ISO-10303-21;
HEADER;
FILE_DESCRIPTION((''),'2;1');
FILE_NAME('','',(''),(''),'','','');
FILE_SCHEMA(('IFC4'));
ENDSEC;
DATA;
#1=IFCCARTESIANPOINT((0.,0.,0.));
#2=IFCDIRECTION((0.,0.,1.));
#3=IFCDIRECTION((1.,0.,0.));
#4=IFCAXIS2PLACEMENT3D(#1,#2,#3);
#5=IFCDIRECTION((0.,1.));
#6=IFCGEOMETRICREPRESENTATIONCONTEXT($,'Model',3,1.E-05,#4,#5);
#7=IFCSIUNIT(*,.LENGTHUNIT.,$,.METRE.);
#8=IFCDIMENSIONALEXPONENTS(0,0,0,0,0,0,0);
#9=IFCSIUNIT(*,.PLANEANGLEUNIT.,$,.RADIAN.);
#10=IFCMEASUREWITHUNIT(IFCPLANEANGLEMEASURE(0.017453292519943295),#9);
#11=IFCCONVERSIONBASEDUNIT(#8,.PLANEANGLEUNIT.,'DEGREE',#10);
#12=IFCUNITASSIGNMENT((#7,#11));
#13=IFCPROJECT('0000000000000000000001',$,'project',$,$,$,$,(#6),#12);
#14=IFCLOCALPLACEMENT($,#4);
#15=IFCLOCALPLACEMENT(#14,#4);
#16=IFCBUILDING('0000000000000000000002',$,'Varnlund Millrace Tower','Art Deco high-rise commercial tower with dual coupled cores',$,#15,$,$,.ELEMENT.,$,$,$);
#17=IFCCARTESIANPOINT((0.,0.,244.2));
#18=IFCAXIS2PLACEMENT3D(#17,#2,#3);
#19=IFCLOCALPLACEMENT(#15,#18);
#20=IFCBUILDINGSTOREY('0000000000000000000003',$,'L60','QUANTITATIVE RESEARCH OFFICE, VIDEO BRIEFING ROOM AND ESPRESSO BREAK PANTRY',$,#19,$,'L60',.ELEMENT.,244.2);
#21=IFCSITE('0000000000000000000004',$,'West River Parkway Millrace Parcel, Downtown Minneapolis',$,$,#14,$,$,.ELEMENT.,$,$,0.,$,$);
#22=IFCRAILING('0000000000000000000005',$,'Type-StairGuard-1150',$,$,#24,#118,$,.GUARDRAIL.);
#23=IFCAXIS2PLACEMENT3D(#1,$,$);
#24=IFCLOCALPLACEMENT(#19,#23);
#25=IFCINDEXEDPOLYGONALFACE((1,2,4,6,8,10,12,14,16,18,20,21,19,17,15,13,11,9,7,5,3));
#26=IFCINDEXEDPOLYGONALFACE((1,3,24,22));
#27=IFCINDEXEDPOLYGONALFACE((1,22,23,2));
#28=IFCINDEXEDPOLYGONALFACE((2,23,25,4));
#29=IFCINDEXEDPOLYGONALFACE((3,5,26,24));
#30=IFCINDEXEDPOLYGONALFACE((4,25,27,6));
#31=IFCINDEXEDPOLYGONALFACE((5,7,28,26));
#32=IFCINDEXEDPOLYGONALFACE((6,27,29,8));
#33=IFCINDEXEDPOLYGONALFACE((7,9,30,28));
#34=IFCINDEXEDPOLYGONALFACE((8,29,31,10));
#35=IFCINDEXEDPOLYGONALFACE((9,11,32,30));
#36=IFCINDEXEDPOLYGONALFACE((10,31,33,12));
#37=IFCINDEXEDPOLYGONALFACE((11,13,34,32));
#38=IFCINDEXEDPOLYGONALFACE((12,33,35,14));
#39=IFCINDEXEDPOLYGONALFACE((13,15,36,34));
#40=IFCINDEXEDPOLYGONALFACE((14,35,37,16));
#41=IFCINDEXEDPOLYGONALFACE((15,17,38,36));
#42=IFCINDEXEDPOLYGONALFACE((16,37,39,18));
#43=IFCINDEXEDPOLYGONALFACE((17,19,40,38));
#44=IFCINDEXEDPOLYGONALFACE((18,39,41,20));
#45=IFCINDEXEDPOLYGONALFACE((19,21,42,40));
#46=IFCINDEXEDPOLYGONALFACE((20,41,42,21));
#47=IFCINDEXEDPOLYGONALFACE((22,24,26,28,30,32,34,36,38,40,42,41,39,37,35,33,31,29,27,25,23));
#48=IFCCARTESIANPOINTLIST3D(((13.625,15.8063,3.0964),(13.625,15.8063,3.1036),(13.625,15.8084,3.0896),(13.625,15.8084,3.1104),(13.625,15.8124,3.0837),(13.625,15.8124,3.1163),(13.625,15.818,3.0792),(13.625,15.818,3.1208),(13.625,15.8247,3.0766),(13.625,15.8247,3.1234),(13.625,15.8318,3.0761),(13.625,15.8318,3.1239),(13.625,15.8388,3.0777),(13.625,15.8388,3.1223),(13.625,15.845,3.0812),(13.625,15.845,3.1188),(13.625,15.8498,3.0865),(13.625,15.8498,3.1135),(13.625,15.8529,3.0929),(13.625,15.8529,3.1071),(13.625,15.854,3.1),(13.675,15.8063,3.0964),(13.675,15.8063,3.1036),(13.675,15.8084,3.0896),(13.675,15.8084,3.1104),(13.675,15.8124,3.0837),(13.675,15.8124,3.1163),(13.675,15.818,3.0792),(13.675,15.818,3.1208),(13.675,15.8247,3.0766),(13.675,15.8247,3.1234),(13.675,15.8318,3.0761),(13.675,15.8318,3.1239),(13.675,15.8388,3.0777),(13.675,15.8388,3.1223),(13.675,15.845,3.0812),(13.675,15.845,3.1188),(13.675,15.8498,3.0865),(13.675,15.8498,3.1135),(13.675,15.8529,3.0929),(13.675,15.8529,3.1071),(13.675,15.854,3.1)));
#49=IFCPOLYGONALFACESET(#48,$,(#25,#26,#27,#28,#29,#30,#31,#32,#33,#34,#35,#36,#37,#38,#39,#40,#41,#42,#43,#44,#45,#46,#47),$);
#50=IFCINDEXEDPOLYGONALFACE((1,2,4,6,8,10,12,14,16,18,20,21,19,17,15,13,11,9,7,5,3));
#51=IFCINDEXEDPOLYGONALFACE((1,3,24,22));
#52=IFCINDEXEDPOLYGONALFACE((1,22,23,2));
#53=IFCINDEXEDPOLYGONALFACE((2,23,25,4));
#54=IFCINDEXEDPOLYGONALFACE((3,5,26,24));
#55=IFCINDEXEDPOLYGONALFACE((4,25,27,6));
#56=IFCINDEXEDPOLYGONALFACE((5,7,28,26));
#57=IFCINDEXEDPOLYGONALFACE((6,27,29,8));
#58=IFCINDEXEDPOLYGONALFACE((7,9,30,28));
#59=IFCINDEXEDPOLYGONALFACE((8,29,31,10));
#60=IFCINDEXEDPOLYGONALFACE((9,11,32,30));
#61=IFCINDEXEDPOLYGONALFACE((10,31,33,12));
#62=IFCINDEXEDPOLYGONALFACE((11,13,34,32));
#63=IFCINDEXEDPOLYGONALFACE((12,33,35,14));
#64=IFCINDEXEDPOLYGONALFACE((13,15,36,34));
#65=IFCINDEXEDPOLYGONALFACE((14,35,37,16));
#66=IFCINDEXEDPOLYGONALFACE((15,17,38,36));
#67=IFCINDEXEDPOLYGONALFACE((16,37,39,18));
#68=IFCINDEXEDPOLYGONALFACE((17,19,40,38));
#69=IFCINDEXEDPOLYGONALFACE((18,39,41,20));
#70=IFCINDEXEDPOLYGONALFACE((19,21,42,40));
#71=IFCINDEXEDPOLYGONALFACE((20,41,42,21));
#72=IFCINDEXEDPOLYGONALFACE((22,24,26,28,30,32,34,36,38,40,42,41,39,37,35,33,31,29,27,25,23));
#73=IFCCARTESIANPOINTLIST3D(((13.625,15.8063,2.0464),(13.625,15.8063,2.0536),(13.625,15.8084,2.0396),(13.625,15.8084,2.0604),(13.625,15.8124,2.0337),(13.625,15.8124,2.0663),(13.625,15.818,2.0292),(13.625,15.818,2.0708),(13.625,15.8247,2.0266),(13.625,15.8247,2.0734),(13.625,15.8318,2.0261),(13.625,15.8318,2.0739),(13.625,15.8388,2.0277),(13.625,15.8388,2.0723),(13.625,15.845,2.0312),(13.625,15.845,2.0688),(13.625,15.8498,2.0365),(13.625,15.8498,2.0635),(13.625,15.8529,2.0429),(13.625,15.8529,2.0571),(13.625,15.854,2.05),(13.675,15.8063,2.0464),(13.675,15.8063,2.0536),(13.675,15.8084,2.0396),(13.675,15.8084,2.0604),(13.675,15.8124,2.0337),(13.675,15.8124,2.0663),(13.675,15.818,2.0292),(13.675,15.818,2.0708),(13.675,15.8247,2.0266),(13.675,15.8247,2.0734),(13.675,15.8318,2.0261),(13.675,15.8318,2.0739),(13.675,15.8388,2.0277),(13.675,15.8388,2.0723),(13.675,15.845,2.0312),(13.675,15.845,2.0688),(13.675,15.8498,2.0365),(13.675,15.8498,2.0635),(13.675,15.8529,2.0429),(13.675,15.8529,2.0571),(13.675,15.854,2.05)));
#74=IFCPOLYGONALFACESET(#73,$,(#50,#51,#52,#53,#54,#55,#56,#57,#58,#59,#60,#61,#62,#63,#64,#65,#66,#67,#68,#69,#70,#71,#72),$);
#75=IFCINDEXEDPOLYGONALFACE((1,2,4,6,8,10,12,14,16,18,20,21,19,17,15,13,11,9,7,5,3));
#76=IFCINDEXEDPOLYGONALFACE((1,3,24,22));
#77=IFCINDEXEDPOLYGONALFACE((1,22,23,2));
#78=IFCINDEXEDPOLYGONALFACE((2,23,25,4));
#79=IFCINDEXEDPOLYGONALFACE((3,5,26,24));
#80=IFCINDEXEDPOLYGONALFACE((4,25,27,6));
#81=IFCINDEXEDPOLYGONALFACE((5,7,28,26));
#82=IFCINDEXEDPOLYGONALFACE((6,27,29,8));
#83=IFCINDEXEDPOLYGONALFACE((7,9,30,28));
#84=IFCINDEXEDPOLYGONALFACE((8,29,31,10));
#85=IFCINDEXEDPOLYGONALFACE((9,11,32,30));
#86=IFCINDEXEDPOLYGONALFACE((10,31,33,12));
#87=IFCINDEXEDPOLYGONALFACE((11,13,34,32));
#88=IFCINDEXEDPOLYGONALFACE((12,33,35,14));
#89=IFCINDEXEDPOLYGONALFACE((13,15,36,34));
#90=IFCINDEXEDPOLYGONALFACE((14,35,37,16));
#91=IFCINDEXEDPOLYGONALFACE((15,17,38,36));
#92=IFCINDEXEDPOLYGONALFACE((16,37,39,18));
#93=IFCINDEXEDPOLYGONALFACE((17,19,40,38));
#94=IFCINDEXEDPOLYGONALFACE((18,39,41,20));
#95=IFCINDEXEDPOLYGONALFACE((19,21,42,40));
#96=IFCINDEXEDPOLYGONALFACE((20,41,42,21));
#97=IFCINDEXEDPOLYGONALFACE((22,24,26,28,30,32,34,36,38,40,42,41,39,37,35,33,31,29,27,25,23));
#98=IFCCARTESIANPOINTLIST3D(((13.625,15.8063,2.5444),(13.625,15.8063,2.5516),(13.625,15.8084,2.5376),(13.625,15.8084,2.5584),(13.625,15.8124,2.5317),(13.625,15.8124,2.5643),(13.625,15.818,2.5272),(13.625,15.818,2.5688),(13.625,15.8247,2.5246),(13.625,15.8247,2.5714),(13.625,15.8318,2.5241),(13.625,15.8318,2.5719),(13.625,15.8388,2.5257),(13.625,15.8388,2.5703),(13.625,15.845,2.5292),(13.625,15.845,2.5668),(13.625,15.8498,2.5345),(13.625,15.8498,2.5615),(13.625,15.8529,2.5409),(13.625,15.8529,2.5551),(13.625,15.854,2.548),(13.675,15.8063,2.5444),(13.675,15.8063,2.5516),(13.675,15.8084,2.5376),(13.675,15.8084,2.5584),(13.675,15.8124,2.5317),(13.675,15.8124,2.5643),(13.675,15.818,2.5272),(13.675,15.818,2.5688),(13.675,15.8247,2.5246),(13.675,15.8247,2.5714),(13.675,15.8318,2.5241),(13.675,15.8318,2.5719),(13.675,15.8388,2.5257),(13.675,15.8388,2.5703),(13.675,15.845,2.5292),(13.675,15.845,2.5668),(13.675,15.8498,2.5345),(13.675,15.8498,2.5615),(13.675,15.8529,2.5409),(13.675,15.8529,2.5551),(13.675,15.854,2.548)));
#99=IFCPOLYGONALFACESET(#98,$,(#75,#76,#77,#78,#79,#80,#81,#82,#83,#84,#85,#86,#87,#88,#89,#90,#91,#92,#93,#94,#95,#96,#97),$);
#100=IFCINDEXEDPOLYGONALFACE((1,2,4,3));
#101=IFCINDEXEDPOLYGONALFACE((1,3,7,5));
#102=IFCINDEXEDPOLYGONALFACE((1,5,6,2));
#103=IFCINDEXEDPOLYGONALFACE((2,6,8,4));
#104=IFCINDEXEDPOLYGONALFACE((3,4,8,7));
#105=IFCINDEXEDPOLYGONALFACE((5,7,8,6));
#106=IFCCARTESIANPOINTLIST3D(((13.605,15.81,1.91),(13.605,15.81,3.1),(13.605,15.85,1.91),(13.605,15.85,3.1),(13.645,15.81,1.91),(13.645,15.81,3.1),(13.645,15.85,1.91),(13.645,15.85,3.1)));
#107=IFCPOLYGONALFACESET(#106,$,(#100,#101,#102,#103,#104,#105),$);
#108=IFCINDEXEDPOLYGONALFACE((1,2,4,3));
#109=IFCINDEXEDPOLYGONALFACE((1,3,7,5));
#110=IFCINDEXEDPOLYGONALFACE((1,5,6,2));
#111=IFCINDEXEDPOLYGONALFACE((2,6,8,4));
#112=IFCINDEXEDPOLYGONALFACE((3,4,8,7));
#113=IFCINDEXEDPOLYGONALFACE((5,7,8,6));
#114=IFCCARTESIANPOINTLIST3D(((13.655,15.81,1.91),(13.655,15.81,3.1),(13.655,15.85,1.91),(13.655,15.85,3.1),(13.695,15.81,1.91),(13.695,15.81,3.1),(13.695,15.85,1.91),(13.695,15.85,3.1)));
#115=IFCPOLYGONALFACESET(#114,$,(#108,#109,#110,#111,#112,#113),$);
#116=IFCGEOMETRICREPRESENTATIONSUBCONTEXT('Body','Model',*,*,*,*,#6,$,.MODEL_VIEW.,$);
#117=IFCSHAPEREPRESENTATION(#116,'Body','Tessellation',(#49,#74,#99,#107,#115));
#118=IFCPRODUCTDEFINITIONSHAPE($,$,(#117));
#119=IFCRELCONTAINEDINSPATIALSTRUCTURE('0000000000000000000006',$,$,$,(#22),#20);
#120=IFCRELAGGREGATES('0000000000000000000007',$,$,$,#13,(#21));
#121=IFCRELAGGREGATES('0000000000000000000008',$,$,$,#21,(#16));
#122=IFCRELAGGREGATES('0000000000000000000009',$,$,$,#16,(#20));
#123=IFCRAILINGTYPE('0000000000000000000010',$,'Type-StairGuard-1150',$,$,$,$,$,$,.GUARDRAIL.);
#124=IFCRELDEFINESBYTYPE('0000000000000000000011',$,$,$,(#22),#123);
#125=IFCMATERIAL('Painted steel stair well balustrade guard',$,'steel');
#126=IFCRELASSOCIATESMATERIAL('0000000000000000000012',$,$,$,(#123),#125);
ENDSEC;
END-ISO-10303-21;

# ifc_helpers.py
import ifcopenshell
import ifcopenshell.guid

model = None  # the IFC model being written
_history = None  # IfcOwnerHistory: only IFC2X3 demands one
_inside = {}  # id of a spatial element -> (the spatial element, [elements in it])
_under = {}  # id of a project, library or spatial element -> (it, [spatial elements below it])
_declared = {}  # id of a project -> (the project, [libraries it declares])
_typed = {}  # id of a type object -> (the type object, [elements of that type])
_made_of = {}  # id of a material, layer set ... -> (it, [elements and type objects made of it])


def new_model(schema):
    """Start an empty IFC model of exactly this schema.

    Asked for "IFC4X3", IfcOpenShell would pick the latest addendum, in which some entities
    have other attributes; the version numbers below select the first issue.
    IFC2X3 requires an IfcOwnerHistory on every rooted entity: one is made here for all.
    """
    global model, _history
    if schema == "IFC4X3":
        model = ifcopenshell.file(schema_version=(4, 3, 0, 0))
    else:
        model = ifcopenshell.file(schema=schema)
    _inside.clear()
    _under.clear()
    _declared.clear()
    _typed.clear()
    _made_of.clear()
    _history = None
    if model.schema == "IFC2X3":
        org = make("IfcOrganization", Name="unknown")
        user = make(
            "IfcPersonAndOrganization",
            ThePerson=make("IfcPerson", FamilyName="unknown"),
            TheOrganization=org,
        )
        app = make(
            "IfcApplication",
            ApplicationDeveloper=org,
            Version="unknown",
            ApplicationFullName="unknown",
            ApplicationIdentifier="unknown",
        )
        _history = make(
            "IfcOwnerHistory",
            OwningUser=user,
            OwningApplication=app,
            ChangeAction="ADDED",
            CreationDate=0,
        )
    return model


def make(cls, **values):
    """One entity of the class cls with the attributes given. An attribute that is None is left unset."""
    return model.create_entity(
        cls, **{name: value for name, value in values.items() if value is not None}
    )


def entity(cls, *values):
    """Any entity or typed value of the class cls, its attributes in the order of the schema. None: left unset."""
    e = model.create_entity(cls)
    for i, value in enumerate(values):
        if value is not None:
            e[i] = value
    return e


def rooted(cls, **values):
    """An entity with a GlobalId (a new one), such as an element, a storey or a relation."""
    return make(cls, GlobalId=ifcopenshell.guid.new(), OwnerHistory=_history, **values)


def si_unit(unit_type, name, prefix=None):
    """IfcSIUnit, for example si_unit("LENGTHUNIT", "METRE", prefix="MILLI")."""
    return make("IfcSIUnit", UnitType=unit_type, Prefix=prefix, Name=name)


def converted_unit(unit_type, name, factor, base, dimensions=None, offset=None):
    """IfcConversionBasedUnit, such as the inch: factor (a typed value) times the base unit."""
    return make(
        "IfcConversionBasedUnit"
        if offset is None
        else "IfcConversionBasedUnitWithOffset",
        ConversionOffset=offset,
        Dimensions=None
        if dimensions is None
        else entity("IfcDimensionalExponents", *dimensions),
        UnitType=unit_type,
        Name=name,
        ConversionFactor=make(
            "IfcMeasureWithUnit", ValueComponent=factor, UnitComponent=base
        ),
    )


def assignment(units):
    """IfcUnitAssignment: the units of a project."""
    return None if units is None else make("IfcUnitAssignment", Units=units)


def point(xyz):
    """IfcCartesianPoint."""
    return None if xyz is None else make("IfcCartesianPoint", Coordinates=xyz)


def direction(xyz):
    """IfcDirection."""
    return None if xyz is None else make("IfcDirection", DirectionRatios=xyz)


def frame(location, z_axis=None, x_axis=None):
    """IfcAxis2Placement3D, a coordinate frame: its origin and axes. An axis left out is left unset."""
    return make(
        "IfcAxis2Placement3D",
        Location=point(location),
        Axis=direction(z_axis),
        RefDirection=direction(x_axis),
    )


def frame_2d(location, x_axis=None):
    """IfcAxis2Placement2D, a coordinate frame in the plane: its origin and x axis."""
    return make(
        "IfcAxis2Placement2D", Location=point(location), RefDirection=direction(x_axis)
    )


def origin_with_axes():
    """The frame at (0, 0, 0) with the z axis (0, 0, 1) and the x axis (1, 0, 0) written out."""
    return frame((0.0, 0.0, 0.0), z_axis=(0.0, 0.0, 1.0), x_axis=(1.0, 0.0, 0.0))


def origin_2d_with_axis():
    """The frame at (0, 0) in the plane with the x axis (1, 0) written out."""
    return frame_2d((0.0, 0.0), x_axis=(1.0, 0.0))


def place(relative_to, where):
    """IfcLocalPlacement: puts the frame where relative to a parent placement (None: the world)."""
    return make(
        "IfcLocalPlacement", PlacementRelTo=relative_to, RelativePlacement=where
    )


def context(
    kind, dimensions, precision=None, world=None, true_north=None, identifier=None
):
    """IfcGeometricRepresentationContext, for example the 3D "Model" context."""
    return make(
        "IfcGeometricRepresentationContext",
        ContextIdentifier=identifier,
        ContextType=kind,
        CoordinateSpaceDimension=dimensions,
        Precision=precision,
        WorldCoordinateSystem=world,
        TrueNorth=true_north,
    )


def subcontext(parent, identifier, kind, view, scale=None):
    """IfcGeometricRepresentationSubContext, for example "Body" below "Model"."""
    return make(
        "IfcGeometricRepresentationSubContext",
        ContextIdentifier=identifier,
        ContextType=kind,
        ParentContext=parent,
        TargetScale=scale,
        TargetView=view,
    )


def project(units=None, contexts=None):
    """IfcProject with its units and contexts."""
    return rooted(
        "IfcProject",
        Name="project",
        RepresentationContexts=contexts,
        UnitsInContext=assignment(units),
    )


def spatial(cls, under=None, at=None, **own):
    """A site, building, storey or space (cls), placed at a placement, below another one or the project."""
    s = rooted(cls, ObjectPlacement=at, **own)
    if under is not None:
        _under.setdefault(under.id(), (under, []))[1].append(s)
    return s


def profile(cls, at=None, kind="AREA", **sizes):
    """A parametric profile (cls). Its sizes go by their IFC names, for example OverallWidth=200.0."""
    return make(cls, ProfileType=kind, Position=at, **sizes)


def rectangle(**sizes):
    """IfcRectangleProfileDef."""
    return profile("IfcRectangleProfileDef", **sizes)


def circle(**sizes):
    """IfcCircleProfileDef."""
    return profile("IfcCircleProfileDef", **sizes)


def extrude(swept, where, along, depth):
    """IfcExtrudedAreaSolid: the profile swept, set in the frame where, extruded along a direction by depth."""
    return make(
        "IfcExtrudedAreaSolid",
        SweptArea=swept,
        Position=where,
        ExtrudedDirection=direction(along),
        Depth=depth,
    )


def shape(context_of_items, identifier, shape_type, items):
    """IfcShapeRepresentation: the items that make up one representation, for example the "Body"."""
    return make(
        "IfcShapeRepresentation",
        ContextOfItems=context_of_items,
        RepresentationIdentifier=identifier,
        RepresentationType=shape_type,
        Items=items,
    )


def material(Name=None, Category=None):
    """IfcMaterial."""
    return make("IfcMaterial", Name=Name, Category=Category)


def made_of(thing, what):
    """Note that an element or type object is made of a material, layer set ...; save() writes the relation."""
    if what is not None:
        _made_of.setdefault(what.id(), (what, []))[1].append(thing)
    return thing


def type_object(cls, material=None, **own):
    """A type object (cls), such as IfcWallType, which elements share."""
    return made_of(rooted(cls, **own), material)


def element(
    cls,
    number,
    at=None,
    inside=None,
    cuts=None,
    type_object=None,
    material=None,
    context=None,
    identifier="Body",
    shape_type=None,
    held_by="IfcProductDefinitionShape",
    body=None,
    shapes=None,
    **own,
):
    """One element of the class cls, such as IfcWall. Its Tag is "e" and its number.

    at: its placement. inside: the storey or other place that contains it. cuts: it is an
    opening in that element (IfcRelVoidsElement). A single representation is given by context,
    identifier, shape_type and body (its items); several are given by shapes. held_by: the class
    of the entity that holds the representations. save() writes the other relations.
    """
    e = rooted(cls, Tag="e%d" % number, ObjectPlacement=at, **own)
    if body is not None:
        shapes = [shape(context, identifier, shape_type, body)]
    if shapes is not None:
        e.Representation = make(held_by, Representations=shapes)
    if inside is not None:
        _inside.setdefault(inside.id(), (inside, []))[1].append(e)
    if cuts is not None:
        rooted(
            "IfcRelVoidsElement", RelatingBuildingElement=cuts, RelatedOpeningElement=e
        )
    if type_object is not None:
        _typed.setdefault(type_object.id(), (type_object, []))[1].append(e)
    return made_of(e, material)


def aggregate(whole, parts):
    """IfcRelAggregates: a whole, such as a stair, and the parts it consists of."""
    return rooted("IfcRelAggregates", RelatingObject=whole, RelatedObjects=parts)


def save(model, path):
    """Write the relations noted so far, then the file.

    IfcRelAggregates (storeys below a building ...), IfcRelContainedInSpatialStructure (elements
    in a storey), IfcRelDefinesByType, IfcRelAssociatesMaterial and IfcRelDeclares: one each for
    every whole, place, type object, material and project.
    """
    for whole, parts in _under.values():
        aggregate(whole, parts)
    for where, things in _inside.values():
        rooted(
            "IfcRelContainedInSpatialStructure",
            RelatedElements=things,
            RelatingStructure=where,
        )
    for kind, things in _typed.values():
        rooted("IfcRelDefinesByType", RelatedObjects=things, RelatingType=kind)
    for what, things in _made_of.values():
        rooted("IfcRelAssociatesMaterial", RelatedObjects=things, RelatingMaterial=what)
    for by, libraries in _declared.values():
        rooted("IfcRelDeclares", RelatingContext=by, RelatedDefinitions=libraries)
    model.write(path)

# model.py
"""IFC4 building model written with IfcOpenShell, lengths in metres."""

from ifc_helpers import new_model, entity, si_unit, converted_unit, direction, frame, origin_with_axes, origin_2d_with_axis, place, context, subcontext, project, spatial, rectangle, circle, extrude, material, type_object, element, save


model = new_model("IFC4")

# Units and contexts
model_context = context("Model", 3, precision=1e-05, world=origin_with_axes(), true_north=direction((0.0, 1.0)))
body_context = subcontext(model_context, "Body", "Model", "MODEL_VIEW")
ifc_project = project(units=[si_unit("LENGTHUNIT", "METRE"), converted_unit("PLANEANGLEUNIT", "DEGREE", entity("IfcPlaneAngleMeasure", 0.017453292519943295), si_unit("PLANEANGLEUNIT", "RADIAN"), dimensions=[0, 0, 0, 0, 0, 0, 0])], contexts=[model_context])

# Site, building, storey
site_placement = place(None, origin_with_axes())
site = spatial("IfcSite", under=ifc_project, at=site_placement, Name="West River Parkway Millrace Parcel, Downtown Minneapolis", CompositionType="ELEMENT", RefElevation=0.0)
building_placement = place(site_placement, origin_with_axes())
building = spatial("IfcBuilding", under=site, at=building_placement, Name="Varnlund Millrace Tower", Description="Art Deco high-rise commercial tower with dual coupled cores", CompositionType="ELEMENT")
storey_placement = place(building_placement, frame((0.0, 0.0, 244.2), z_axis=(0.0, 0.0, 1.0), x_axis=(1.0, 0.0, 0.0)))
storey = spatial("IfcBuildingStorey", under=building, at=storey_placement, Name="L60", Description="QUANTITATIVE RESEARCH OFFICE, VIDEO BRIEFING ROOM AND ESPRESSO BREAK PANTRY", LongName="L60", CompositionType="ELEMENT", Elevation=244.2)

# Railing
ifc_material_1 = material(Name="Painted steel stair well balustrade guard", Category="steel")
railing_type_1 = type_object("IfcRailingType", Name="Type-StairGuard-1150", PredefinedType="GUARDRAIL", material=ifc_material_1)
railing_1_placement = place(storey_placement, frame((0.0, 0.0, -244.2), z_axis=(0.0, 0.0, 1.0), x_axis=(1.0, 0.0, 0.0)))
element("IfcRailing", 1, at=railing_1_placement, inside=storey, type_object=railing_type_1, Name="Type-StairGuard-1150", PredefinedType="GUARDRAIL", context=body_context, shape_type="SweptSolid", body=[
    extrude(circle(Radius=0.024, at=origin_2d_with_axis()), frame((13.625, 15.83, 247.3), z_axis=(1.0, 0.0, 0.0), x_axis=(0.0, 1.0, 0.0)), (0.0, 0.0, 1.0), 0.05),
    extrude(circle(Radius=0.024, at=origin_2d_with_axis()), frame((13.625, 15.83, 246.25), z_axis=(1.0, 0.0, 0.0), x_axis=(0.0, 1.0, 0.0)), (0.0, 0.0, 1.0), 0.05),
    extrude(circle(Radius=0.024, at=origin_2d_with_axis()), frame((13.625, 15.83, 246.748), z_axis=(1.0, 0.0, 0.0), x_axis=(0.0, 1.0, 0.0)), (0.0, 0.0, 1.0), 0.05),
    extrude(rectangle(XDim=0.04, YDim=0.04, at=origin_2d_with_axis()), frame((13.625, 15.83, 246.11), z_axis=(0.0, 0.0, 1.0), x_axis=(1.0, 0.0, 0.0)), (0.0, 0.0, 1.0), 1.19),
    extrude(rectangle(XDim=0.04, YDim=0.04, at=origin_2d_with_axis()), frame((13.675, 15.83, 246.11), z_axis=(0.0, 0.0, 1.0), x_axis=(1.0, 0.0, 0.0)), (0.0, 0.0, 1.0), 1.19),
])

save(model, "model.ifc")
